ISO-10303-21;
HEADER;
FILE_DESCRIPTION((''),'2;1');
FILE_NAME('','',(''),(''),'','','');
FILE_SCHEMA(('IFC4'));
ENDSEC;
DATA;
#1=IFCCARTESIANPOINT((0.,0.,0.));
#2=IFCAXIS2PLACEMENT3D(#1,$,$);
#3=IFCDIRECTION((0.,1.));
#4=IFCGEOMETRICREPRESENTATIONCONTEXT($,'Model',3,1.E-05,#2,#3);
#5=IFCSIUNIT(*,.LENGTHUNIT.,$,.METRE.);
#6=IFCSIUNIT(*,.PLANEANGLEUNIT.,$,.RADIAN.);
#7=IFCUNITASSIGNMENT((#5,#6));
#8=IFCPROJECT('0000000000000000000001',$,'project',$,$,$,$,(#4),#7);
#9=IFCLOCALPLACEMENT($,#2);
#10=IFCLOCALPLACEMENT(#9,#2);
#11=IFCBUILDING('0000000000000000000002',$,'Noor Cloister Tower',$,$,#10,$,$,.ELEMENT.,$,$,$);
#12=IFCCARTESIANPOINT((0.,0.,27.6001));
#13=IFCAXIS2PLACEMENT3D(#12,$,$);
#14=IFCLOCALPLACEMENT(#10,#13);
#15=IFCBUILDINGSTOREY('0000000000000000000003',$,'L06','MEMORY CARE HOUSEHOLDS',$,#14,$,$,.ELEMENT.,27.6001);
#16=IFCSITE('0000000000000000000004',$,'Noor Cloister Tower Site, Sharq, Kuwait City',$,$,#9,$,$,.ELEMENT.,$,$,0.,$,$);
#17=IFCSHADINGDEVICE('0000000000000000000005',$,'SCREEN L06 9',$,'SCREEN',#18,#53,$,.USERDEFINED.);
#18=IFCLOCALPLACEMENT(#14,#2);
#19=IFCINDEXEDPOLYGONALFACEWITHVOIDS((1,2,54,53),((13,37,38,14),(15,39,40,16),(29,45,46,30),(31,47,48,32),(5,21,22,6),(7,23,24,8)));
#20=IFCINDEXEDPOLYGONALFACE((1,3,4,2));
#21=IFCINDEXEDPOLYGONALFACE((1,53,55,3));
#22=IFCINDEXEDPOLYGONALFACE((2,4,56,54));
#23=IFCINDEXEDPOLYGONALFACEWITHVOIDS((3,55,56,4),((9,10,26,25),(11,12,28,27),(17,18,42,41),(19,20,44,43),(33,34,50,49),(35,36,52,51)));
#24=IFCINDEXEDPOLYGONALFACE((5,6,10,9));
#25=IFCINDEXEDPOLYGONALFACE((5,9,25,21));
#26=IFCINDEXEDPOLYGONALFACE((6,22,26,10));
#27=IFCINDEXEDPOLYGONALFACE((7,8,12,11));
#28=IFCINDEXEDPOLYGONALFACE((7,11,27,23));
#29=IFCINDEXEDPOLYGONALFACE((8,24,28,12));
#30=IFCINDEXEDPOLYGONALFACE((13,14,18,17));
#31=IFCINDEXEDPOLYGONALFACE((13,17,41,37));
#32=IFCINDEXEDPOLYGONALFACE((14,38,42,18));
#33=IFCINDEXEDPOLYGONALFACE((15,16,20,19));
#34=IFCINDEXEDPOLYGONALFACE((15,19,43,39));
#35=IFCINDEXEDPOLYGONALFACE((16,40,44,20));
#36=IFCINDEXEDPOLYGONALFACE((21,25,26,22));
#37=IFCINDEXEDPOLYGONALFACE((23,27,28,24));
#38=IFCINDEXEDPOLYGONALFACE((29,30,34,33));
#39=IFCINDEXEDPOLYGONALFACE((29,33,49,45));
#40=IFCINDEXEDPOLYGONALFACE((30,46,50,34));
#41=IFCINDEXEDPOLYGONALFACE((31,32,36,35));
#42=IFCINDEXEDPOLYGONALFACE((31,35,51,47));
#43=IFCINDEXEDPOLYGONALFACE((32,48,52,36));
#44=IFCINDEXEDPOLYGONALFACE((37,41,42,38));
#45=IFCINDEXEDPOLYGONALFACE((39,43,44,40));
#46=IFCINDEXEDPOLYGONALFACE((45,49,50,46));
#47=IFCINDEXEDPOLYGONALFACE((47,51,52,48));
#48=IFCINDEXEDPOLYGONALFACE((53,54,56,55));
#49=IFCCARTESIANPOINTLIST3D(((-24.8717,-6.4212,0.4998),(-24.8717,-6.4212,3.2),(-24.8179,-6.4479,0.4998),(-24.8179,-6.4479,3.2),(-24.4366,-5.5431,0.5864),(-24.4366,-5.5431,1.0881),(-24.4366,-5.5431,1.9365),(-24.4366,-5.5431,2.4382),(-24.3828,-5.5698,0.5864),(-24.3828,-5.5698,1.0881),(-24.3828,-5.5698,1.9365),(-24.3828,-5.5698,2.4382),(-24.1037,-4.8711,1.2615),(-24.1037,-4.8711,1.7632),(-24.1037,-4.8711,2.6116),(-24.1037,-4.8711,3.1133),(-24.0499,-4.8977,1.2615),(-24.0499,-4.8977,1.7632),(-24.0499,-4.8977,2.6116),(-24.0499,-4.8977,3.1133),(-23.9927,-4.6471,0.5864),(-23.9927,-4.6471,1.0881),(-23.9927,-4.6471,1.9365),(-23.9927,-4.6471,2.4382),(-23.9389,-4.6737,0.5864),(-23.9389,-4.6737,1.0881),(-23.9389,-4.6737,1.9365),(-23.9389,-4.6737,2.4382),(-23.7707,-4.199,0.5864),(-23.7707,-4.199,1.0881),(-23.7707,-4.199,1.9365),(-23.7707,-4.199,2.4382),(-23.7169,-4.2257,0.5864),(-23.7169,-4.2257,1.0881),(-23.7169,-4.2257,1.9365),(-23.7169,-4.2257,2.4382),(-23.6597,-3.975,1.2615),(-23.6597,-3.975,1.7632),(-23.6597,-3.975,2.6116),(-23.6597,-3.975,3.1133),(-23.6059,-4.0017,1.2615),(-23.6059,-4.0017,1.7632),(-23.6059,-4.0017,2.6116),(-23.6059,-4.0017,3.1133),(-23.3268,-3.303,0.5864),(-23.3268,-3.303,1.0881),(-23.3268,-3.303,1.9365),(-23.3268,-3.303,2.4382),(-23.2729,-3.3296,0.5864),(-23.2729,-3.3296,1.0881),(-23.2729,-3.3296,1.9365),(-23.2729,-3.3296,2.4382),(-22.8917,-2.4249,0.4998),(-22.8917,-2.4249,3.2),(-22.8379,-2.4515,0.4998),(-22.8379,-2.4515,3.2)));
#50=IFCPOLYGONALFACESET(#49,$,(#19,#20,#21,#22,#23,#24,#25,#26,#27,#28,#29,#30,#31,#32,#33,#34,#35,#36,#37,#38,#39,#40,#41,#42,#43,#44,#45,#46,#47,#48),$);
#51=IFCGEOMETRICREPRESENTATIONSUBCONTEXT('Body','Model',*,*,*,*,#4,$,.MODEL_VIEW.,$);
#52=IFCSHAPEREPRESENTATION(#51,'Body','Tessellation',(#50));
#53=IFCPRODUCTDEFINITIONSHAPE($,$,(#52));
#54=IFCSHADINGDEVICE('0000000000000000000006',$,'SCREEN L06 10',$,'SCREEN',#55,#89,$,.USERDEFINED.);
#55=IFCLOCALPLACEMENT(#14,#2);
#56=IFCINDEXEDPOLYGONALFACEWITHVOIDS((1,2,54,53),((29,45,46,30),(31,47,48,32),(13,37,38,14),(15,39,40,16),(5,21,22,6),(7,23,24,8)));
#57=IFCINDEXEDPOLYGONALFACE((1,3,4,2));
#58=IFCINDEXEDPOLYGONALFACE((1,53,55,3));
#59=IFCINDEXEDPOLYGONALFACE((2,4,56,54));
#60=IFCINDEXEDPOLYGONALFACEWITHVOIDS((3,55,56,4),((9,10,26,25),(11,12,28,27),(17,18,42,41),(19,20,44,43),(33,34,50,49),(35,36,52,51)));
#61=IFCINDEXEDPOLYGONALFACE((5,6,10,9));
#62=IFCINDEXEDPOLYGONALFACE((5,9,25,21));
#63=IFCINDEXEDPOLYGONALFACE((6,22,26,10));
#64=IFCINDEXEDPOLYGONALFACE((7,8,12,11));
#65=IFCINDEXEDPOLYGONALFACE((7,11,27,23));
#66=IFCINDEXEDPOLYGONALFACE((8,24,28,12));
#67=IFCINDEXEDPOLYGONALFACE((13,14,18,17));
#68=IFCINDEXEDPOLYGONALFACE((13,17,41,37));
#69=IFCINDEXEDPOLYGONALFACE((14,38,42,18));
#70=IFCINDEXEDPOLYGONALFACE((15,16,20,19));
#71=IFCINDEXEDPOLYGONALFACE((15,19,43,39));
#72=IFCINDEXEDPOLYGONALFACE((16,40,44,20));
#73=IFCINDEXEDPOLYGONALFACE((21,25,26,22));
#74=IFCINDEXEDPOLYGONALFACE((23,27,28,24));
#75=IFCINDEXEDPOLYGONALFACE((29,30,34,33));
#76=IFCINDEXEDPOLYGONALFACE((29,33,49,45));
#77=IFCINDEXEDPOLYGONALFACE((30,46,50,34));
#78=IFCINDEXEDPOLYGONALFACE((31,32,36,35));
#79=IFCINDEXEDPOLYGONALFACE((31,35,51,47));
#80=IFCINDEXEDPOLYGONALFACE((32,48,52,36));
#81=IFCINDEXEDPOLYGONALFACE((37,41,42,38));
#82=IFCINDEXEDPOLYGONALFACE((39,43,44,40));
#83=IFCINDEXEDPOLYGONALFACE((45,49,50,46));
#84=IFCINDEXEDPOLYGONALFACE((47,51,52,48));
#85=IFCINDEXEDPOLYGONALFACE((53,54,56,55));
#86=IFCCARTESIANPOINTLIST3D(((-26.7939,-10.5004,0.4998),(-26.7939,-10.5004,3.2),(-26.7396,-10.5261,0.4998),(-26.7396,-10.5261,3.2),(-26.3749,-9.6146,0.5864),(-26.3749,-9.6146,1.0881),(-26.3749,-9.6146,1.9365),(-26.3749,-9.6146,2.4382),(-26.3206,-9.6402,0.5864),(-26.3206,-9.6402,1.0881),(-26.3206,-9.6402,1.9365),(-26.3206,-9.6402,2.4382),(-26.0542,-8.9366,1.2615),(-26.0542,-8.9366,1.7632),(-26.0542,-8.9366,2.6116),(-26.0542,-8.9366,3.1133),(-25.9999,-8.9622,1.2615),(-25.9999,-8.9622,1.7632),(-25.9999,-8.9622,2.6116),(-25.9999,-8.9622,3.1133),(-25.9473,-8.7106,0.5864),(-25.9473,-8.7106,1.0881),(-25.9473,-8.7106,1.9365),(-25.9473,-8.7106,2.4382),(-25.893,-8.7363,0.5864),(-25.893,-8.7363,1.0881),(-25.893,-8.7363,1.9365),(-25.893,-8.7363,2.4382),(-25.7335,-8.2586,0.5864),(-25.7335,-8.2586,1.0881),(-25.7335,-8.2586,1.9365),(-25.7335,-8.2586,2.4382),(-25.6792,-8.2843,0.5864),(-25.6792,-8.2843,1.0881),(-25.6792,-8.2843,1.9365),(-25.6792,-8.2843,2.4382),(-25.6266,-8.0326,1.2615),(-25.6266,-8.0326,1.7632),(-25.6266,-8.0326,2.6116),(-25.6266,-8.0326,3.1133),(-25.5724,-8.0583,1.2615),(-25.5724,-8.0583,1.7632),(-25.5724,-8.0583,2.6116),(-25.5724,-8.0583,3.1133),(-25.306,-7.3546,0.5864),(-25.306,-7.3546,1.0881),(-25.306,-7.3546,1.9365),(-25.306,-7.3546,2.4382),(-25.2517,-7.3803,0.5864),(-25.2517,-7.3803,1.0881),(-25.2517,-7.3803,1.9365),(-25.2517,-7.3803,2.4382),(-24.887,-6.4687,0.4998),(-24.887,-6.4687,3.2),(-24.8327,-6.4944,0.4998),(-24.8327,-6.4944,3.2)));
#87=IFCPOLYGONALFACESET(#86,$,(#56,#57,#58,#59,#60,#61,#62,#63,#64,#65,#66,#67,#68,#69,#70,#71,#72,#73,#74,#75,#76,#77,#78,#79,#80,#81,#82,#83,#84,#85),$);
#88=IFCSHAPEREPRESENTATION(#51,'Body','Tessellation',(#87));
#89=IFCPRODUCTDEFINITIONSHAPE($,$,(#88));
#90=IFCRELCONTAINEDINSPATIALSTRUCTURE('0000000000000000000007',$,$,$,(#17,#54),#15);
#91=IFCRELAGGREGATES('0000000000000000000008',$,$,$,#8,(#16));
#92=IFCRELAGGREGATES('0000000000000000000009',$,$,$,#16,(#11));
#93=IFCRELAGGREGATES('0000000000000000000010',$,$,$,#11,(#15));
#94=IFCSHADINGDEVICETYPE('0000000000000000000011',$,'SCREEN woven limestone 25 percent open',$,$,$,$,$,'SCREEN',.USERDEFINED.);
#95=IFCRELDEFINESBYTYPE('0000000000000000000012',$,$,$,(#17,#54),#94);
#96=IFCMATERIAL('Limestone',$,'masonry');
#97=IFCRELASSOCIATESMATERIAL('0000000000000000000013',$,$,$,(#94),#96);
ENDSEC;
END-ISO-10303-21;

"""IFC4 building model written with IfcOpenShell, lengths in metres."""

from ifc_helpers import new_model, si_unit, direction, frame, origin, place, context, subcontext, project, spatial, polyline, outline, extrude, material, material_profile, profile_set, type_object, element, save


model = new_model("IFC4")

# Units and contexts
model_context = context("Model", 3, precision=1e-05, world=origin(), true_north=direction((0.0, 1.0)))
body_context = subcontext(model_context, "Body", "Model", "MODEL_VIEW")
ifc_project = project(units=[si_unit("LENGTHUNIT", "METRE"), si_unit("PLANEANGLEUNIT", "RADIAN")], contexts=[model_context])

# Site, building, storey
site_placement = place(None, origin())
site = spatial("IfcSite", under=ifc_project, at=site_placement, Name="Noor Cloister Tower Site, Sharq, Kuwait City", CompositionType="ELEMENT", RefElevation=0.0)
building_placement = place(site_placement, origin())
building = spatial("IfcBuilding", under=site, at=building_placement, Name="Noor Cloister Tower", CompositionType="ELEMENT")
storey_placement = place(building_placement, frame((0.0, 0.0, 27.6001)))
storey = spatial("IfcBuildingStorey", under=building, at=storey_placement, Name="L06", Description="MEMORY CARE HOUSEHOLDS", CompositionType="ELEMENT", Elevation=27.6001)

# Shading devices
ifc_material_1 = material(Name="Limestone", Category="masonry")
ifc_material_profile_1 = material_profile(ifc_material_1, outline(polyline([(-2.23, -1.3501), (2.23, -1.3501), (2.23, 1.3501), (-2.23, 1.3501), (-2.23, -1.3501)]), holes=[polyline([(-1.25, -1.2634), (-0.25, -1.2634), (-0.25, -0.7617), (-1.25, -0.7617), (-1.25, -1.2634)]), polyline([(0.25, -1.2634), (1.25, -1.2634), (1.25, -0.7617), (0.25, -0.7617), (0.25, -1.2634)]), polyline([(-0.5, -0.5884), (0.5, -0.5884), (0.5, -0.0867), (-0.5, -0.0867), (-0.5, -0.5884)]), polyline([(-1.25, 0.0867), (-0.25, 0.0867), (-0.25, 0.5884), (-1.25, 0.5884), (-1.25, 0.0867)]), polyline([(0.25, 0.0867), (1.25, 0.0867), (1.25, 0.5884), (0.25, 0.5884), (0.25, 0.0867)]), polyline([(-0.5, 0.7617), (0.5, 0.7617), (0.5, 1.2634), (-0.5, 1.2634), (-0.5, 0.7617)])]), Name="Woven screen 25 percent open")
ifc_profile_set_1 = profile_set([ifc_material_profile_1], Name="Limestone")
shading_device_type = type_object("IfcShadingDeviceType", Name="SCREEN woven limestone 25 percent open", ElementType="SCREEN", PredefinedType="USERDEFINED", material=ifc_profile_set_1)
for number, where, z_axis, x_axis, name in (
    (1, (-23.8279, -4.4497, 1.8499), (-0.89605, 0.443952, 0.0), (-0.443952, -0.89605, 0.0), "SCREEN L06 9"),
    (2, (-25.7861, -8.5103, 1.8499), (-0.903986, 0.427561, 0.0), (-0.427561, -0.903986, 0.0), "SCREEN L06 10"),
):
    element("IfcShadingDevice", number, at=place(storey_placement, frame(where, z_axis=z_axis, x_axis=x_axis)), inside=storey, type_object=shading_device_type, Name=name, ObjectType="SCREEN", PredefinedType="USERDEFINED", context=body_context, shape_type="SweptSolid", body=[
        extrude(outline(polyline([(-2.23, -1.3501), (2.23, -1.3501), (2.23, 1.3501), (-2.23, 1.3501), (-2.23, -1.3501)]), holes=[polyline([(-1.25, -1.2634), (-0.25, -1.2634), (-0.25, -0.7617), (-1.25, -0.7617), (-1.25, -1.2634)]), polyline([(0.25, -1.2634), (1.25, -1.2634), (1.25, -0.7617), (0.25, -0.7617), (0.25, -1.2634)]), polyline([(-0.5, -0.5884), (0.5, -0.5884), (0.5, -0.0867), (-0.5, -0.0867), (-0.5, -0.5884)]), polyline([(-1.25, 0.0867), (-0.25, 0.0867), (-0.25, 0.5884), (-1.25, 0.5884), (-1.25, 0.0867)]), polyline([(0.25, 0.0867), (1.25, 0.0867), (1.25, 0.5884), (0.25, 0.5884), (0.25, 0.0867)]), polyline([(-0.5, 0.7617), (0.5, 0.7617), (0.5, 1.2634), (-0.5, 1.2634), (-0.5, 0.7617)])]), origin(), (0.0, 0.0, 1.0), 0.0601),
    ])

save(model, "model.ifc")
